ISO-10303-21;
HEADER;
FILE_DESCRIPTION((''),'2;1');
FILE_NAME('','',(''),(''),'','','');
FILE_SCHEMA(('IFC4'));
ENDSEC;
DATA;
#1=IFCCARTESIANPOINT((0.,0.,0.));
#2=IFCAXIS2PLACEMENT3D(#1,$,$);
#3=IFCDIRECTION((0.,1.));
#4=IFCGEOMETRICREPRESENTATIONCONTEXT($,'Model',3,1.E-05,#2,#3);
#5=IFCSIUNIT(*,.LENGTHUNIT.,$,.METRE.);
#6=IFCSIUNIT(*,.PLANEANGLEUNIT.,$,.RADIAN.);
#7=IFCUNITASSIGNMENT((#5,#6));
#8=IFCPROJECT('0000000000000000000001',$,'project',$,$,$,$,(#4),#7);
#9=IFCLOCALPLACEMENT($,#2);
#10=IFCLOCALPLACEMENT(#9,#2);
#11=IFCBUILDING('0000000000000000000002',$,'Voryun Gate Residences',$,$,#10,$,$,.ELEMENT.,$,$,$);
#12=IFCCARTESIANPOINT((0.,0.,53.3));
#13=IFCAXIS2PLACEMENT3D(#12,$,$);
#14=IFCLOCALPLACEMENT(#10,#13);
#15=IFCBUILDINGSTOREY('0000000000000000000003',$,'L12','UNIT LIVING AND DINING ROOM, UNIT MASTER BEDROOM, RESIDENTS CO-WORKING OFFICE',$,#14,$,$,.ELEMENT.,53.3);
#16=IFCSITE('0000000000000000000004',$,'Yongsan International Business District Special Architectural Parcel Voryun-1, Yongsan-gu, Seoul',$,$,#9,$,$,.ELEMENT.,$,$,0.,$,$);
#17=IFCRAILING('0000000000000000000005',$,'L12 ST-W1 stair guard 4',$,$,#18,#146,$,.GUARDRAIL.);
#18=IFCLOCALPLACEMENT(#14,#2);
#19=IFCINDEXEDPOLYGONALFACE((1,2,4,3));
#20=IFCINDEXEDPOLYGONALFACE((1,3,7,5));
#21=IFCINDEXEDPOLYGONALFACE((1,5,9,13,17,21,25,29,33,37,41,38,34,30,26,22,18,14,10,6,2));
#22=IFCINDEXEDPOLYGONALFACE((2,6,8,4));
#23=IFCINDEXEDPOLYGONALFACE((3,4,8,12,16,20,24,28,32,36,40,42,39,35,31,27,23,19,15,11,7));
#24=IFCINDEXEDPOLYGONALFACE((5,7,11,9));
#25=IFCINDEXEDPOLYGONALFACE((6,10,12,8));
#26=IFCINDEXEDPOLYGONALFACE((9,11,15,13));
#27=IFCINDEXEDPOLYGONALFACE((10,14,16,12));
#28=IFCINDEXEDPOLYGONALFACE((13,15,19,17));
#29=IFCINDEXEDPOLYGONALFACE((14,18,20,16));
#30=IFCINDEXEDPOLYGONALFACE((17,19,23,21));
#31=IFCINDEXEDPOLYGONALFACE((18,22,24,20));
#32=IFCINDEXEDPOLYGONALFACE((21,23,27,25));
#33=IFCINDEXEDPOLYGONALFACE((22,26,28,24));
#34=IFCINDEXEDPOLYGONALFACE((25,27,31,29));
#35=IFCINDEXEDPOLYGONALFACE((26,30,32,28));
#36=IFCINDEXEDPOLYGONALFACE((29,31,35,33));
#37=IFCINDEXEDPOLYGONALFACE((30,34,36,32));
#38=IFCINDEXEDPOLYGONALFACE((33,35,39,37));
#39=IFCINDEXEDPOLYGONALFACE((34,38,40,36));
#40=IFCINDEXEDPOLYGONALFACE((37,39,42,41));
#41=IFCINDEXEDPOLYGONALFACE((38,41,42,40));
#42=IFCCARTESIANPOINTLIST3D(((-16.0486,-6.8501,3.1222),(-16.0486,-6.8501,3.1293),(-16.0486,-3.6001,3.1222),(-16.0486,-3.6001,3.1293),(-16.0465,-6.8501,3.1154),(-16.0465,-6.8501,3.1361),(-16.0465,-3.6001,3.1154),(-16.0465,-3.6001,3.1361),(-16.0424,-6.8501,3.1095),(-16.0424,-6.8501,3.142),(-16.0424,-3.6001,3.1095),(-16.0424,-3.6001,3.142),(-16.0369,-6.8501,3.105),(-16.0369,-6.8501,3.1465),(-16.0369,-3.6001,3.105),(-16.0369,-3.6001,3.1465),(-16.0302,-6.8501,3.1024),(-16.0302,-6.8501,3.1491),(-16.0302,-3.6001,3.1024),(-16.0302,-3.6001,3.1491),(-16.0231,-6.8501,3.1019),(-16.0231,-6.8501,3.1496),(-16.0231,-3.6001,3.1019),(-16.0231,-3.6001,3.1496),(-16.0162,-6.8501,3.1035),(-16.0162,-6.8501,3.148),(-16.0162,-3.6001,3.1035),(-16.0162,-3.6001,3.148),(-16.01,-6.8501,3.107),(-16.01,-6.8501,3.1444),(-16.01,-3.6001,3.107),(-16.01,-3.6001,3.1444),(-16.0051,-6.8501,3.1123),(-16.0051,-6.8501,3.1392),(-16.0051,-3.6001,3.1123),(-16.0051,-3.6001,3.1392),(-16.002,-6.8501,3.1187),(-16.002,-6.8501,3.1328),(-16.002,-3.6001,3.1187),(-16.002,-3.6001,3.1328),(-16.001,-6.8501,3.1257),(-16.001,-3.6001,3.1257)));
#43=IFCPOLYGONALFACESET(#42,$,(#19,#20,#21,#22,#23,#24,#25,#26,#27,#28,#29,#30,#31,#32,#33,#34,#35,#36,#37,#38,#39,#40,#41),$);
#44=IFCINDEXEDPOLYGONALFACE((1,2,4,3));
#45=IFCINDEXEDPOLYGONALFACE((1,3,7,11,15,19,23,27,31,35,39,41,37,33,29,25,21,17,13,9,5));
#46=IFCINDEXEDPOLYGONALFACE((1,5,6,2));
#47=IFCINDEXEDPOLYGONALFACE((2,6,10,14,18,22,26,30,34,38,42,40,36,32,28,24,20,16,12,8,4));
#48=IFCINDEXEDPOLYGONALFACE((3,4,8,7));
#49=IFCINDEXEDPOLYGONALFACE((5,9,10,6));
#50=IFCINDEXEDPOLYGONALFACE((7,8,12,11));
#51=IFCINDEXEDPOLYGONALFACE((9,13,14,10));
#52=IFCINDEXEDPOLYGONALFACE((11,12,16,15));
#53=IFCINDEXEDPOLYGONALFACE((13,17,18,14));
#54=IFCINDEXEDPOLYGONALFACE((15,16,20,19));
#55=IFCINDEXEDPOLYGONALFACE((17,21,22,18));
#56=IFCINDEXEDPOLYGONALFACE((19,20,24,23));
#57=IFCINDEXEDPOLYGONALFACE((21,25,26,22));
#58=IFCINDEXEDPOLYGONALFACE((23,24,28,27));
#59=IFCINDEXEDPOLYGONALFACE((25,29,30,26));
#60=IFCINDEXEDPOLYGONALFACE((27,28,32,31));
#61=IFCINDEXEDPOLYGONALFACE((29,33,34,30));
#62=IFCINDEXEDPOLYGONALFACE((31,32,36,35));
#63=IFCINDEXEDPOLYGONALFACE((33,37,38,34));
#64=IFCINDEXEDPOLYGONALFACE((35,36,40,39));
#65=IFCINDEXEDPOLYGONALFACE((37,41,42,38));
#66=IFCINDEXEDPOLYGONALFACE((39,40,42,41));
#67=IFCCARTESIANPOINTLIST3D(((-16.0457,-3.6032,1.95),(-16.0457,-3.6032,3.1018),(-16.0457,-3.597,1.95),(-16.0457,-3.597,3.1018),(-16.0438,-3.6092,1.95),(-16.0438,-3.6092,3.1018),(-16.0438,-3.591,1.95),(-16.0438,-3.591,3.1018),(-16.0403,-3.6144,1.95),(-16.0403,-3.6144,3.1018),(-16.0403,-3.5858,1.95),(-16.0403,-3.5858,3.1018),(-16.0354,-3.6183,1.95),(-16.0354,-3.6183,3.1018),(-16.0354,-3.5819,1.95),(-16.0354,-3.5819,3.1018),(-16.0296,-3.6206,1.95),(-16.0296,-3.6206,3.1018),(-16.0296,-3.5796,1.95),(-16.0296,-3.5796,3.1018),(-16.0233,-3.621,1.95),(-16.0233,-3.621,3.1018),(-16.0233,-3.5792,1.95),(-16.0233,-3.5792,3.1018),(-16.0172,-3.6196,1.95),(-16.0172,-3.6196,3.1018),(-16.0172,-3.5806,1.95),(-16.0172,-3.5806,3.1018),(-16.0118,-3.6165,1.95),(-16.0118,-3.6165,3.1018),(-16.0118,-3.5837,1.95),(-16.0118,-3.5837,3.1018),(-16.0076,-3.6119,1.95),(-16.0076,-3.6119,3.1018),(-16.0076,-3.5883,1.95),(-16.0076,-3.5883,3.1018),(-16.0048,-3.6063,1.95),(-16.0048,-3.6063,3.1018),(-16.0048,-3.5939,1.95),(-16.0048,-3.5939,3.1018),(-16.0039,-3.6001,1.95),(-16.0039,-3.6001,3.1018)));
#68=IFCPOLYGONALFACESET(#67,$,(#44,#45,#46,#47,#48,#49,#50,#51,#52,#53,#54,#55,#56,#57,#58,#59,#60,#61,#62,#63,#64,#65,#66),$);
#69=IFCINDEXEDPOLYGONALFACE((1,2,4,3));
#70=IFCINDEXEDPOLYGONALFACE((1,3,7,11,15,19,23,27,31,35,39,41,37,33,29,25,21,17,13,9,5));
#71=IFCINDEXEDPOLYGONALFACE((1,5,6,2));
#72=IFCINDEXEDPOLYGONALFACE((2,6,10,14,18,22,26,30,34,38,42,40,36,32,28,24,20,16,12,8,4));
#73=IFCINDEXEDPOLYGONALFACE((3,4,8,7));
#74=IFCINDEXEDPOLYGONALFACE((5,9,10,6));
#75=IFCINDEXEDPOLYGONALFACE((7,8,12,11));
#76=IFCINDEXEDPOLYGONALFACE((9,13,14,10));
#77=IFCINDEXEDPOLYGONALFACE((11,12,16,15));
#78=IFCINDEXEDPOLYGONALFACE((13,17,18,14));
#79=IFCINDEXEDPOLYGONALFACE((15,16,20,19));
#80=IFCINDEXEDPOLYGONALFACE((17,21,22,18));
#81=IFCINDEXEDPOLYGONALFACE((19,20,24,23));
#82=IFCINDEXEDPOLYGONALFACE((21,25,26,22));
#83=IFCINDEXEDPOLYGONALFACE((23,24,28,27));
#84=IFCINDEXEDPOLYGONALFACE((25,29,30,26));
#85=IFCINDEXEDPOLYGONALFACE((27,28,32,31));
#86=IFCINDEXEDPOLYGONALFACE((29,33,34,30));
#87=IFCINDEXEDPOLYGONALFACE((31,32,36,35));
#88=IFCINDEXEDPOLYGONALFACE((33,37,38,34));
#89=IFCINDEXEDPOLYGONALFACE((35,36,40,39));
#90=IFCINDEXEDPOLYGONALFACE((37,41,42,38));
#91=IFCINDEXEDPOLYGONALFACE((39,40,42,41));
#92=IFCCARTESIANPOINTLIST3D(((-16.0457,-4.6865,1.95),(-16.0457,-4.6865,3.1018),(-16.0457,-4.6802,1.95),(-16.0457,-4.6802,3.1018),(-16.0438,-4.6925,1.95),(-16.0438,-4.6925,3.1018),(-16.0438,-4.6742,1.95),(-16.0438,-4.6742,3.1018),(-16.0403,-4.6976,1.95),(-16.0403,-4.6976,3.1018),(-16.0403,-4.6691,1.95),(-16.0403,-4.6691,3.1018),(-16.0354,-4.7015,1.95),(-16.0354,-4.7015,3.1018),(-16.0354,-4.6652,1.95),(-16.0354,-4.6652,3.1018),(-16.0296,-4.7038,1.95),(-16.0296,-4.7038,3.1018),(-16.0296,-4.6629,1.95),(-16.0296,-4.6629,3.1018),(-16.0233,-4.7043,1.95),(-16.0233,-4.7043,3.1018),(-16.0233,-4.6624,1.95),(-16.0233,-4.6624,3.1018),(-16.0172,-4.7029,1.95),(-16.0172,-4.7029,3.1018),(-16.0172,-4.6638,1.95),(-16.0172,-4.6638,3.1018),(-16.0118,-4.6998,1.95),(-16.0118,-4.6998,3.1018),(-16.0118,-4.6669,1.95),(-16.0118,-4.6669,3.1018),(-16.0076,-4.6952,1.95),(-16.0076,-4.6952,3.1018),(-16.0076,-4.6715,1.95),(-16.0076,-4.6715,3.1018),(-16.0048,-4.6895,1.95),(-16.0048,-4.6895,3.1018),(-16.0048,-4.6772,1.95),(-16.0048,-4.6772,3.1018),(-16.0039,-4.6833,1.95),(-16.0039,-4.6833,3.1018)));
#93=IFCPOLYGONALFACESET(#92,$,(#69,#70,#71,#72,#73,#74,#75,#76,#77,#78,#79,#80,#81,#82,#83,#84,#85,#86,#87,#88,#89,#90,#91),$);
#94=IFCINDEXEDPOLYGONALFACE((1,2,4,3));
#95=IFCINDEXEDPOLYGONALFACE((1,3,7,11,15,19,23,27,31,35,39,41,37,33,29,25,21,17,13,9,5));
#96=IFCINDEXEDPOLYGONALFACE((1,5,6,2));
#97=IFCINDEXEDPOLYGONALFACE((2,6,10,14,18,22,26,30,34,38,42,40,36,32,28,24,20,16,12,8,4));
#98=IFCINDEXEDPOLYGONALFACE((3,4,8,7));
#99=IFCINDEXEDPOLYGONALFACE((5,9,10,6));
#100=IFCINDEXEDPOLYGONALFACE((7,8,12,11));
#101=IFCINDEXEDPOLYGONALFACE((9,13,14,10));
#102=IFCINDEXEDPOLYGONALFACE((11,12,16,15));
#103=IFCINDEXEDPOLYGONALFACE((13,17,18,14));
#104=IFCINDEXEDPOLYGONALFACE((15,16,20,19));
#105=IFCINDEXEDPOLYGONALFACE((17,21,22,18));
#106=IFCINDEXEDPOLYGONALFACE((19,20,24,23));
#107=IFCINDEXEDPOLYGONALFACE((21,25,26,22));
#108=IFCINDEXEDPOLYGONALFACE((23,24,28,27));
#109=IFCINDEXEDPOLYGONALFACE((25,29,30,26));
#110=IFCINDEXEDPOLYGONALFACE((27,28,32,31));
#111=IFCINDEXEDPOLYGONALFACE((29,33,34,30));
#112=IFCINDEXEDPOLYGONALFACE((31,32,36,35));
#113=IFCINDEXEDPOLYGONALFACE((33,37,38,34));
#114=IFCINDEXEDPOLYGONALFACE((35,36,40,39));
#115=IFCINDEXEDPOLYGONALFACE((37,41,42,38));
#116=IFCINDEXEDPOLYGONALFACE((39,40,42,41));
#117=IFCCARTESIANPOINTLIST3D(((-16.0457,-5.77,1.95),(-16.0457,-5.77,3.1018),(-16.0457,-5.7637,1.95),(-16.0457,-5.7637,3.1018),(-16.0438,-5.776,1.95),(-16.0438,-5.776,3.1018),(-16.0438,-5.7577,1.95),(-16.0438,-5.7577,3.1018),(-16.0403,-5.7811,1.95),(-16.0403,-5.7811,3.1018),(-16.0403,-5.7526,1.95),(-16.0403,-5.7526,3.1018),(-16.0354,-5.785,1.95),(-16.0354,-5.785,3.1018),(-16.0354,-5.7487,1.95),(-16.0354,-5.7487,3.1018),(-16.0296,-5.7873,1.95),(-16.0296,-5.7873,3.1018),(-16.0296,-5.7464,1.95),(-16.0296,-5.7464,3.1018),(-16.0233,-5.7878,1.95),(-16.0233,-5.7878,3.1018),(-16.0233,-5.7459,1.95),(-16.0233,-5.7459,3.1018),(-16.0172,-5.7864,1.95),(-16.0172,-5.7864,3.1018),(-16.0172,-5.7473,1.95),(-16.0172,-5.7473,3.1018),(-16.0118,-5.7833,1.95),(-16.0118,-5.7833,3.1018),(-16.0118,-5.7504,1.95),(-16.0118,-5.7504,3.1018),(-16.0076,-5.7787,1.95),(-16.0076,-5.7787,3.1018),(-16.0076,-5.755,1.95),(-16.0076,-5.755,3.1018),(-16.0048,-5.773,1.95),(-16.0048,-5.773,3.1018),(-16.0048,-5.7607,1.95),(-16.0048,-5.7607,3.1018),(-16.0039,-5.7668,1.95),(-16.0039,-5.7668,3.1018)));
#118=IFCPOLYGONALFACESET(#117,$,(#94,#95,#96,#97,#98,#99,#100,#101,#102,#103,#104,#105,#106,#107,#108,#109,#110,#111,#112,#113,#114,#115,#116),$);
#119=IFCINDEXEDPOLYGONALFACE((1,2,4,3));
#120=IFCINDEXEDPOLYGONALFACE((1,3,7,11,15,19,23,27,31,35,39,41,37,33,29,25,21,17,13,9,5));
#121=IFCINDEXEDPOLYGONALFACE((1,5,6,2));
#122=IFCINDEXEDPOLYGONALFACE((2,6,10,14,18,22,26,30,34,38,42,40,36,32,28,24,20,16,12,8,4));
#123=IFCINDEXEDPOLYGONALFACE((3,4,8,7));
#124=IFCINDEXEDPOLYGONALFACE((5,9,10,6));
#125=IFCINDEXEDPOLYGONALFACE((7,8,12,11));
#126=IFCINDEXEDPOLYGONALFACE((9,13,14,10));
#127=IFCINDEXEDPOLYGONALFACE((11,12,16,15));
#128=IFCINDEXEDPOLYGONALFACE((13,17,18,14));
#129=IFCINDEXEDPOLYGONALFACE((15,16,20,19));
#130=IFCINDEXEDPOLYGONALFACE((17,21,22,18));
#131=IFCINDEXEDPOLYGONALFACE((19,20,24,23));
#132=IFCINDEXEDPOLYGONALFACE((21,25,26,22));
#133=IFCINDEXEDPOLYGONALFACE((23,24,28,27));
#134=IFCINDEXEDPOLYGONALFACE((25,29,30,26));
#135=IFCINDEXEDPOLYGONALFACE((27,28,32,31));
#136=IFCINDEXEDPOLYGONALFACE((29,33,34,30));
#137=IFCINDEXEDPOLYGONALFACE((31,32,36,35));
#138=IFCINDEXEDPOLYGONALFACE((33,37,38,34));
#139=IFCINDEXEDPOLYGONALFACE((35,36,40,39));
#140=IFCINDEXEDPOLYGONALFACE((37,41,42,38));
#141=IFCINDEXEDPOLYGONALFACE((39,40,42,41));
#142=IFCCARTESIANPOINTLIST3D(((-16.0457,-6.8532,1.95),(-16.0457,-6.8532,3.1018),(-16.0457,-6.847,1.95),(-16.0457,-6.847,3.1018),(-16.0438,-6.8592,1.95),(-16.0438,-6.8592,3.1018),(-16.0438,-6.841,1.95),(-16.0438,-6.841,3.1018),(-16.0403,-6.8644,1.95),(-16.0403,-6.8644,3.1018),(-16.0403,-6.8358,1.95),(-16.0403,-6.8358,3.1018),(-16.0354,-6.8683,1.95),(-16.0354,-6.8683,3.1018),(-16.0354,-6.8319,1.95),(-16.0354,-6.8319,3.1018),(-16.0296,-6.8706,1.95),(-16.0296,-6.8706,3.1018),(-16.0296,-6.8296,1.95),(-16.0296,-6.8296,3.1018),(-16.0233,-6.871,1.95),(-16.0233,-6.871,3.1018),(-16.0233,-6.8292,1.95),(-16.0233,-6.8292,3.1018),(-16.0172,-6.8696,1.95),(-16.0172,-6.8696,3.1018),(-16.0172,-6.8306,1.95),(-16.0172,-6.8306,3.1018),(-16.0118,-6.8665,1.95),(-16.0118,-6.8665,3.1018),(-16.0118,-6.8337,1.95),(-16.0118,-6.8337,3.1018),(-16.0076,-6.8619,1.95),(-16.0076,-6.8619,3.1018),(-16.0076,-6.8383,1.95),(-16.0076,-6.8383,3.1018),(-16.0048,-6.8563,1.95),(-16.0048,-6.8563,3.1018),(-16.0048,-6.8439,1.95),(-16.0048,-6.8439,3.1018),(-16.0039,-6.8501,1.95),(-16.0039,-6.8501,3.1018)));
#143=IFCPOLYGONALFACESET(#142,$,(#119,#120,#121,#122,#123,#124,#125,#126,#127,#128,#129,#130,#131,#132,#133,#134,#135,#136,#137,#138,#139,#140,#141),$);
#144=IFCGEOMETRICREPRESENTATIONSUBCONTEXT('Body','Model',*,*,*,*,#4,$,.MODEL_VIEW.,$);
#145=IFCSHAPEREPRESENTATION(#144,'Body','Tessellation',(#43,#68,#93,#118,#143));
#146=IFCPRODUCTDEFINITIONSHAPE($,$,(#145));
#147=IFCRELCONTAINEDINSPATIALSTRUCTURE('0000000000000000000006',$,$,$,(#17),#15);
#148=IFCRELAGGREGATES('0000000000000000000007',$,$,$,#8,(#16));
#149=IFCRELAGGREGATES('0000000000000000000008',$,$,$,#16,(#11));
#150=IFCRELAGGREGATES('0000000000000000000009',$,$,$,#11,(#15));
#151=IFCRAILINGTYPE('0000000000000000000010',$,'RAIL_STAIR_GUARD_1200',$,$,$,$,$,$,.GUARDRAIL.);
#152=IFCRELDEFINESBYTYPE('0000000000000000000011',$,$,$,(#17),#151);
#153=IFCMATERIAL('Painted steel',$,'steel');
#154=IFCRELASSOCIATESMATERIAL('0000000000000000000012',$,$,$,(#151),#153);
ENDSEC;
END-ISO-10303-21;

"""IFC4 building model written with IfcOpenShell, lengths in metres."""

from ifc_helpers import new_model, si_unit, direction, frame, origin, origin_2d, place, context, subcontext, project, spatial, circle, extrude, material, type_object, element, save


model = new_model("IFC4")

# Units and contexts
model_context = context("Model", 3, precision=1e-05, world=origin(), true_north=direction((0.0, 1.0)))
body_context = subcontext(model_context, "Body", "Model", "MODEL_VIEW")
ifc_project = project(units=[si_unit("LENGTHUNIT", "METRE"), si_unit("PLANEANGLEUNIT", "RADIAN")], contexts=[model_context])

# Site, building, storey
site_placement = place(None, origin())
site = spatial("IfcSite", under=ifc_project, at=site_placement, Name="Yongsan International Business District Special Architectural Parcel Voryun-1, Yongsan-gu, Seoul", CompositionType="ELEMENT", RefElevation=0.0)
building_placement = place(site_placement, origin())
building = spatial("IfcBuilding", under=site, at=building_placement, Name="Voryun Gate Residences", CompositionType="ELEMENT")
storey_placement = place(building_placement, frame((0.0, 0.0, 53.3)))
storey = spatial("IfcBuildingStorey", under=building, at=storey_placement, Name="L12", Description="UNIT LIVING AND DINING ROOM, UNIT MASTER BEDROOM, RESIDENTS CO-WORKING OFFICE", CompositionType="ELEMENT", Elevation=53.3)

# Railing
ifc_material_1 = material(Name="Painted steel", Category="steel")
railing_type_1 = type_object("IfcRailingType", Name="RAIL_STAIR_GUARD_1200", PredefinedType="GUARDRAIL", material=ifc_material_1)
for number, where, name in (
    (1, (-16.0249, -3.6001, 1.95), "L12 ST-W1 stair guard 4"),
):
    element("IfcRailing", number, at=place(storey_placement, frame(where)), inside=storey, type_object=railing_type_1, Name=name, PredefinedType="GUARDRAIL", context=body_context, shape_type="SweptSolid", body=[
        extrude(circle(Radius=0.0239, at=origin_2d()), frame((0.0, 0.0, 1.1758), z_axis=(0.0, -1.0, 0.0), x_axis=(1.0, 0.0, 0.0)), (0.0, 0.0, 1.0), 3.25),
        extrude(circle(Radius=0.021, at=origin_2d()), origin(), (0.0, 0.0, 1.0), 1.1519),
        extrude(circle(Radius=0.021, at=origin_2d()), frame((0.0, -1.0833, 0.0)), (0.0, 0.0, 1.0), 1.1519),
        extrude(circle(Radius=0.021, at=origin_2d()), frame((0.0, -2.1667, 0.0)), (0.0, 0.0, 1.0), 1.1519),
        extrude(circle(Radius=0.021, at=origin_2d()), frame((0.0, -3.25, 0.0)), (0.0, 0.0, 1.0), 1.1519),
    ])

save(model, "model.ifc")
